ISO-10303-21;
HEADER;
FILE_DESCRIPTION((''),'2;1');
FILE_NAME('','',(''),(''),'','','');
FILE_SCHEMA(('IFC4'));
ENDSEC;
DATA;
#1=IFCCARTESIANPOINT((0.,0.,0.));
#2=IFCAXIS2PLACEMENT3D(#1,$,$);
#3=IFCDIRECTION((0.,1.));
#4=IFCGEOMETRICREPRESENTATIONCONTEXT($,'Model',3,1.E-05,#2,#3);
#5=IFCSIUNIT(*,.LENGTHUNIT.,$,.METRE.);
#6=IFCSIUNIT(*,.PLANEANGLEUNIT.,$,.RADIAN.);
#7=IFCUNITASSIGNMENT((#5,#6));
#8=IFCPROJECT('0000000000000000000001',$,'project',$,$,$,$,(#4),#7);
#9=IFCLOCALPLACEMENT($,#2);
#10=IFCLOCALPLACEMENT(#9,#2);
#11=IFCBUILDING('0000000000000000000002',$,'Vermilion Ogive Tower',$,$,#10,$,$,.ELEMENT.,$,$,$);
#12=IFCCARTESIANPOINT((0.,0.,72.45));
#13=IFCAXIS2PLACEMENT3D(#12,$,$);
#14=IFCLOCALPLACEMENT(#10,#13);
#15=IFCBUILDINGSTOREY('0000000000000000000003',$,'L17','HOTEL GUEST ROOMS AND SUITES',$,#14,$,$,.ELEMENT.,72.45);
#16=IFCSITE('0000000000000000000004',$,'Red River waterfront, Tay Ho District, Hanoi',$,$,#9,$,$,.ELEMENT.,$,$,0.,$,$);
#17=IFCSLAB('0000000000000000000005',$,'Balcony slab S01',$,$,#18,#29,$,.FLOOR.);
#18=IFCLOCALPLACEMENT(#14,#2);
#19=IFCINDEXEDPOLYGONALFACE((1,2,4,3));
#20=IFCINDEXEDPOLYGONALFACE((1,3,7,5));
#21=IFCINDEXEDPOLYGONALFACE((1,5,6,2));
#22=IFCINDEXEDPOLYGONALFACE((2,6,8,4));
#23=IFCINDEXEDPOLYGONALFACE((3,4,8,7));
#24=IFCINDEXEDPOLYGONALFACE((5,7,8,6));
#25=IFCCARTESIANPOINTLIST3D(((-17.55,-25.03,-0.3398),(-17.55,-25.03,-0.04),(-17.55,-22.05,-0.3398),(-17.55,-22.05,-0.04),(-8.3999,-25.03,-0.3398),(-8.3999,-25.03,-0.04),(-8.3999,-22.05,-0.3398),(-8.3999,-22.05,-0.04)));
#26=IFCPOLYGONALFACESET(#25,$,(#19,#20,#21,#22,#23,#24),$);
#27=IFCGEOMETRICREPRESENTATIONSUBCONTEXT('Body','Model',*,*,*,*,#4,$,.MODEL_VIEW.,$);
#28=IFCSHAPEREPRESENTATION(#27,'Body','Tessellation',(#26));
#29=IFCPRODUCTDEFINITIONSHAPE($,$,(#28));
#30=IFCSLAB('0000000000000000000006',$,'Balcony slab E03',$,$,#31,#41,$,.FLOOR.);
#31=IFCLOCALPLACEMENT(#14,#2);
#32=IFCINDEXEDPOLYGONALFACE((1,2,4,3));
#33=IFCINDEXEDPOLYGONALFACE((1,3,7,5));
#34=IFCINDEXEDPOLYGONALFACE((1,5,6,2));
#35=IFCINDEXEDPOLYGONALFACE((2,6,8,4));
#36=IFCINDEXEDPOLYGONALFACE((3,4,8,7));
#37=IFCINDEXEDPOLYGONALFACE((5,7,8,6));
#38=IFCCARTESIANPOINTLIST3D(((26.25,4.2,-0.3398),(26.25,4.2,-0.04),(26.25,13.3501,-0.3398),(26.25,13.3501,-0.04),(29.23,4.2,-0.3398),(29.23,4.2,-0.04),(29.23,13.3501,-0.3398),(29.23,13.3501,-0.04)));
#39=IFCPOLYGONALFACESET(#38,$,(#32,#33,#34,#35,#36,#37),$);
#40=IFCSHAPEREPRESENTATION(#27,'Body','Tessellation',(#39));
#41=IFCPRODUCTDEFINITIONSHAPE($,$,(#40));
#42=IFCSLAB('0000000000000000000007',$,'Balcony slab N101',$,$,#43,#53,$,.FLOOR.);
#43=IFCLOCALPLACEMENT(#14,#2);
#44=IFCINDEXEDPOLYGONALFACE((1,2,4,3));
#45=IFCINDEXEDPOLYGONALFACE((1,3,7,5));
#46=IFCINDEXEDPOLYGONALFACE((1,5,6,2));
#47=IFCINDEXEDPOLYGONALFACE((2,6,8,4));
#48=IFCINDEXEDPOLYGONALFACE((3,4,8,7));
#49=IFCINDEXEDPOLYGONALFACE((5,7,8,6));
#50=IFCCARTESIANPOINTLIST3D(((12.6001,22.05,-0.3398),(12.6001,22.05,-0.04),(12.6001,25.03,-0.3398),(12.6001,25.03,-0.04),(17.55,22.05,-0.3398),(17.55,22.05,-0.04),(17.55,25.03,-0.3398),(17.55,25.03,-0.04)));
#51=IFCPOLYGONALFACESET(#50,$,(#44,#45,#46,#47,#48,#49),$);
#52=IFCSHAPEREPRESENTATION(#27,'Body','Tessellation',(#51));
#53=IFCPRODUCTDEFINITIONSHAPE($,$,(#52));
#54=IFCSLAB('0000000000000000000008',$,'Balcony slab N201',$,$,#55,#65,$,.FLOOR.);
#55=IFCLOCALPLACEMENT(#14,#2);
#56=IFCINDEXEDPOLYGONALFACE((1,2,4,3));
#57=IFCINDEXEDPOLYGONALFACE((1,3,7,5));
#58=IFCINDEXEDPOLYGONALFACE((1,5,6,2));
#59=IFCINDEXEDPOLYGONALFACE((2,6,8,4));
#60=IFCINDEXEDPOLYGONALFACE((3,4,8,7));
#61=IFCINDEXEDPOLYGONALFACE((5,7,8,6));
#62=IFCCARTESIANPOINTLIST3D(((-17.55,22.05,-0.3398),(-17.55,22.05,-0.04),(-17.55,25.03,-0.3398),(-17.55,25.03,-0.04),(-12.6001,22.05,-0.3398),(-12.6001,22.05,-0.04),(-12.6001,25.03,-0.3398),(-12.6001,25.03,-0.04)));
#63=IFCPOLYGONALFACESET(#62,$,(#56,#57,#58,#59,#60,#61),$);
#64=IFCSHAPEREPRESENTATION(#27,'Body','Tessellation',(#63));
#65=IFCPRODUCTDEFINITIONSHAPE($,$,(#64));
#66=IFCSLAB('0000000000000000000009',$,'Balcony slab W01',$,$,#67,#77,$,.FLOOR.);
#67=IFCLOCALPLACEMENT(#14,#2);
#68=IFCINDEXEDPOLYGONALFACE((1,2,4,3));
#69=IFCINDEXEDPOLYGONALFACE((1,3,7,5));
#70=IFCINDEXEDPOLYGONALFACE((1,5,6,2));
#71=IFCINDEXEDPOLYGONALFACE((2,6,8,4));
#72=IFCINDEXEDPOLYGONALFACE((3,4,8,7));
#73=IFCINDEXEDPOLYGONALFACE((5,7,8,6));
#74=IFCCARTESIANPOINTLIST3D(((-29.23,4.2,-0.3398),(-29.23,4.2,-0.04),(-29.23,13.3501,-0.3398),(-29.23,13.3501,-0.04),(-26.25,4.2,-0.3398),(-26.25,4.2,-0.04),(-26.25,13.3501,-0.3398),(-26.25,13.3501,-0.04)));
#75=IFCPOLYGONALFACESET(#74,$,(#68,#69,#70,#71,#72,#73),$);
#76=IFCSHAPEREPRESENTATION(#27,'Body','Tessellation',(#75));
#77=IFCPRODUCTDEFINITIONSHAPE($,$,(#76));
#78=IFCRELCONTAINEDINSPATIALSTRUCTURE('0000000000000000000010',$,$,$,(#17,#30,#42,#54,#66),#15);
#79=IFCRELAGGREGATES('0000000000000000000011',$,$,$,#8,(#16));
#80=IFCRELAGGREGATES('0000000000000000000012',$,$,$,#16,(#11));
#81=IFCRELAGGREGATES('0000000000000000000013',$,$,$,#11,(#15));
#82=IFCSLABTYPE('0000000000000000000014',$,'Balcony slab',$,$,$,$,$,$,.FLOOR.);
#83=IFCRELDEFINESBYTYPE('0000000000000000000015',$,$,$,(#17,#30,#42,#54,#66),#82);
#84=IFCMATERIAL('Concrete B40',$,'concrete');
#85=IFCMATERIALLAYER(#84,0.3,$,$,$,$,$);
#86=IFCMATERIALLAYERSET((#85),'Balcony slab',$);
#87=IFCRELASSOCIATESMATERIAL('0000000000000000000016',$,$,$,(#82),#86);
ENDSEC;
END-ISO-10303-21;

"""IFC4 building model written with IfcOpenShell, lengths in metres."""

from ifc_helpers import new_model, si_unit, direction, frame, origin, place, context, subcontext, project, spatial, polyline, outline, extrude, material, layer, layer_set, type_object, element, save


model = new_model("IFC4")

# Units and contexts
model_context = context("Model", 3, precision=1e-05, world=origin(), true_north=direction((0.0, 1.0)))
body_context = subcontext(model_context, "Body", "Model", "MODEL_VIEW")
ifc_project = project(units=[si_unit("LENGTHUNIT", "METRE"), si_unit("PLANEANGLEUNIT", "RADIAN")], contexts=[model_context])

# Site, building, storey
site_placement = place(None, origin())
site = spatial("IfcSite", under=ifc_project, at=site_placement, Name="Red River waterfront, Tay Ho District, Hanoi", CompositionType="ELEMENT", RefElevation=0.0)
building_placement = place(site_placement, origin())
building = spatial("IfcBuilding", under=site, at=building_placement, Name="Vermilion Ogive Tower", CompositionType="ELEMENT")
storey_placement = place(building_placement, frame((0.0, 0.0, 72.45)))
storey = spatial("IfcBuildingStorey", under=building, at=storey_placement, Name="L17", Description="HOTEL GUEST ROOMS AND SUITES", CompositionType="ELEMENT", Elevation=72.45)

# Slabs
ifc_material_1 = material(Name="Concrete B40", Category="concrete")
ifc_layer_1 = layer(ifc_material_1, 0.3)
ifc_layer_set_1 = layer_set([ifc_layer_1], Name="Balcony slab")
slab_type_1 = type_object("IfcSlabType", Name="Balcony slab", PredefinedType="FLOOR", material=ifc_layer_set_1)
slab_1_placement = place(storey_placement, frame((0.0, 0.0, -0.3398)))
element("IfcSlab", 1, at=slab_1_placement, inside=storey, type_object=slab_type_1, Name="Balcony slab S01", PredefinedType="FLOOR", context=body_context, shape_type="SweptSolid", body=[
    extrude(outline(polyline([(-17.55, -25.03), (-8.3999, -25.03), (-8.3999, -22.05), (-17.55, -22.05), (-17.55, -25.03)])), origin(), (0.0, 0.0, 1.0), 0.2998),
])
slab_2_placement = place(storey_placement, frame((0.0, 0.0, -0.3398)))
element("IfcSlab", 2, at=slab_2_placement, inside=storey, type_object=slab_type_1, Name="Balcony slab E03", PredefinedType="FLOOR", context=body_context, shape_type="SweptSolid", body=[
    extrude(outline(polyline([(29.23, 4.2), (29.23, 13.3501), (26.25, 13.3501), (26.25, 4.2), (29.23, 4.2)])), origin(), (0.0, 0.0, 1.0), 0.2998),
])
slab_3_placement = place(storey_placement, frame((0.0, 0.0, -0.3398)))
element("IfcSlab", 3, at=slab_3_placement, inside=storey, type_object=slab_type_1, Name="Balcony slab N101", PredefinedType="FLOOR", context=body_context, shape_type="SweptSolid", body=[
    extrude(outline(polyline([(17.55, 25.03), (12.6001, 25.03), (12.6001, 22.05), (17.55, 22.05), (17.55, 25.03)])), origin(), (0.0, 0.0, 1.0), 0.2998),
])
slab_4_placement = place(storey_placement, frame((0.0, 0.0, -0.3398)))
element("IfcSlab", 4, at=slab_4_placement, inside=storey, type_object=slab_type_1, Name="Balcony slab N201", PredefinedType="FLOOR", context=body_context, shape_type="SweptSolid", body=[
    extrude(outline(polyline([(-12.6001, 25.03), (-17.55, 25.03), (-17.55, 22.05), (-12.6001, 22.05), (-12.6001, 25.03)])), origin(), (0.0, 0.0, 1.0), 0.2998),
])
slab_5_placement = place(storey_placement, frame((0.0, 0.0, -0.3398)))
element("IfcSlab", 5, at=slab_5_placement, inside=storey, type_object=slab_type_1, Name="Balcony slab W01", PredefinedType="FLOOR", context=body_context, shape_type="SweptSolid", body=[
    extrude(outline(polyline([(-29.23, 13.3501), (-29.23, 4.2), (-26.25, 4.2), (-26.25, 13.3501), (-29.23, 13.3501)])), origin(), (0.0, 0.0, 1.0), 0.2998),
])

save(model, "model.ifc")
